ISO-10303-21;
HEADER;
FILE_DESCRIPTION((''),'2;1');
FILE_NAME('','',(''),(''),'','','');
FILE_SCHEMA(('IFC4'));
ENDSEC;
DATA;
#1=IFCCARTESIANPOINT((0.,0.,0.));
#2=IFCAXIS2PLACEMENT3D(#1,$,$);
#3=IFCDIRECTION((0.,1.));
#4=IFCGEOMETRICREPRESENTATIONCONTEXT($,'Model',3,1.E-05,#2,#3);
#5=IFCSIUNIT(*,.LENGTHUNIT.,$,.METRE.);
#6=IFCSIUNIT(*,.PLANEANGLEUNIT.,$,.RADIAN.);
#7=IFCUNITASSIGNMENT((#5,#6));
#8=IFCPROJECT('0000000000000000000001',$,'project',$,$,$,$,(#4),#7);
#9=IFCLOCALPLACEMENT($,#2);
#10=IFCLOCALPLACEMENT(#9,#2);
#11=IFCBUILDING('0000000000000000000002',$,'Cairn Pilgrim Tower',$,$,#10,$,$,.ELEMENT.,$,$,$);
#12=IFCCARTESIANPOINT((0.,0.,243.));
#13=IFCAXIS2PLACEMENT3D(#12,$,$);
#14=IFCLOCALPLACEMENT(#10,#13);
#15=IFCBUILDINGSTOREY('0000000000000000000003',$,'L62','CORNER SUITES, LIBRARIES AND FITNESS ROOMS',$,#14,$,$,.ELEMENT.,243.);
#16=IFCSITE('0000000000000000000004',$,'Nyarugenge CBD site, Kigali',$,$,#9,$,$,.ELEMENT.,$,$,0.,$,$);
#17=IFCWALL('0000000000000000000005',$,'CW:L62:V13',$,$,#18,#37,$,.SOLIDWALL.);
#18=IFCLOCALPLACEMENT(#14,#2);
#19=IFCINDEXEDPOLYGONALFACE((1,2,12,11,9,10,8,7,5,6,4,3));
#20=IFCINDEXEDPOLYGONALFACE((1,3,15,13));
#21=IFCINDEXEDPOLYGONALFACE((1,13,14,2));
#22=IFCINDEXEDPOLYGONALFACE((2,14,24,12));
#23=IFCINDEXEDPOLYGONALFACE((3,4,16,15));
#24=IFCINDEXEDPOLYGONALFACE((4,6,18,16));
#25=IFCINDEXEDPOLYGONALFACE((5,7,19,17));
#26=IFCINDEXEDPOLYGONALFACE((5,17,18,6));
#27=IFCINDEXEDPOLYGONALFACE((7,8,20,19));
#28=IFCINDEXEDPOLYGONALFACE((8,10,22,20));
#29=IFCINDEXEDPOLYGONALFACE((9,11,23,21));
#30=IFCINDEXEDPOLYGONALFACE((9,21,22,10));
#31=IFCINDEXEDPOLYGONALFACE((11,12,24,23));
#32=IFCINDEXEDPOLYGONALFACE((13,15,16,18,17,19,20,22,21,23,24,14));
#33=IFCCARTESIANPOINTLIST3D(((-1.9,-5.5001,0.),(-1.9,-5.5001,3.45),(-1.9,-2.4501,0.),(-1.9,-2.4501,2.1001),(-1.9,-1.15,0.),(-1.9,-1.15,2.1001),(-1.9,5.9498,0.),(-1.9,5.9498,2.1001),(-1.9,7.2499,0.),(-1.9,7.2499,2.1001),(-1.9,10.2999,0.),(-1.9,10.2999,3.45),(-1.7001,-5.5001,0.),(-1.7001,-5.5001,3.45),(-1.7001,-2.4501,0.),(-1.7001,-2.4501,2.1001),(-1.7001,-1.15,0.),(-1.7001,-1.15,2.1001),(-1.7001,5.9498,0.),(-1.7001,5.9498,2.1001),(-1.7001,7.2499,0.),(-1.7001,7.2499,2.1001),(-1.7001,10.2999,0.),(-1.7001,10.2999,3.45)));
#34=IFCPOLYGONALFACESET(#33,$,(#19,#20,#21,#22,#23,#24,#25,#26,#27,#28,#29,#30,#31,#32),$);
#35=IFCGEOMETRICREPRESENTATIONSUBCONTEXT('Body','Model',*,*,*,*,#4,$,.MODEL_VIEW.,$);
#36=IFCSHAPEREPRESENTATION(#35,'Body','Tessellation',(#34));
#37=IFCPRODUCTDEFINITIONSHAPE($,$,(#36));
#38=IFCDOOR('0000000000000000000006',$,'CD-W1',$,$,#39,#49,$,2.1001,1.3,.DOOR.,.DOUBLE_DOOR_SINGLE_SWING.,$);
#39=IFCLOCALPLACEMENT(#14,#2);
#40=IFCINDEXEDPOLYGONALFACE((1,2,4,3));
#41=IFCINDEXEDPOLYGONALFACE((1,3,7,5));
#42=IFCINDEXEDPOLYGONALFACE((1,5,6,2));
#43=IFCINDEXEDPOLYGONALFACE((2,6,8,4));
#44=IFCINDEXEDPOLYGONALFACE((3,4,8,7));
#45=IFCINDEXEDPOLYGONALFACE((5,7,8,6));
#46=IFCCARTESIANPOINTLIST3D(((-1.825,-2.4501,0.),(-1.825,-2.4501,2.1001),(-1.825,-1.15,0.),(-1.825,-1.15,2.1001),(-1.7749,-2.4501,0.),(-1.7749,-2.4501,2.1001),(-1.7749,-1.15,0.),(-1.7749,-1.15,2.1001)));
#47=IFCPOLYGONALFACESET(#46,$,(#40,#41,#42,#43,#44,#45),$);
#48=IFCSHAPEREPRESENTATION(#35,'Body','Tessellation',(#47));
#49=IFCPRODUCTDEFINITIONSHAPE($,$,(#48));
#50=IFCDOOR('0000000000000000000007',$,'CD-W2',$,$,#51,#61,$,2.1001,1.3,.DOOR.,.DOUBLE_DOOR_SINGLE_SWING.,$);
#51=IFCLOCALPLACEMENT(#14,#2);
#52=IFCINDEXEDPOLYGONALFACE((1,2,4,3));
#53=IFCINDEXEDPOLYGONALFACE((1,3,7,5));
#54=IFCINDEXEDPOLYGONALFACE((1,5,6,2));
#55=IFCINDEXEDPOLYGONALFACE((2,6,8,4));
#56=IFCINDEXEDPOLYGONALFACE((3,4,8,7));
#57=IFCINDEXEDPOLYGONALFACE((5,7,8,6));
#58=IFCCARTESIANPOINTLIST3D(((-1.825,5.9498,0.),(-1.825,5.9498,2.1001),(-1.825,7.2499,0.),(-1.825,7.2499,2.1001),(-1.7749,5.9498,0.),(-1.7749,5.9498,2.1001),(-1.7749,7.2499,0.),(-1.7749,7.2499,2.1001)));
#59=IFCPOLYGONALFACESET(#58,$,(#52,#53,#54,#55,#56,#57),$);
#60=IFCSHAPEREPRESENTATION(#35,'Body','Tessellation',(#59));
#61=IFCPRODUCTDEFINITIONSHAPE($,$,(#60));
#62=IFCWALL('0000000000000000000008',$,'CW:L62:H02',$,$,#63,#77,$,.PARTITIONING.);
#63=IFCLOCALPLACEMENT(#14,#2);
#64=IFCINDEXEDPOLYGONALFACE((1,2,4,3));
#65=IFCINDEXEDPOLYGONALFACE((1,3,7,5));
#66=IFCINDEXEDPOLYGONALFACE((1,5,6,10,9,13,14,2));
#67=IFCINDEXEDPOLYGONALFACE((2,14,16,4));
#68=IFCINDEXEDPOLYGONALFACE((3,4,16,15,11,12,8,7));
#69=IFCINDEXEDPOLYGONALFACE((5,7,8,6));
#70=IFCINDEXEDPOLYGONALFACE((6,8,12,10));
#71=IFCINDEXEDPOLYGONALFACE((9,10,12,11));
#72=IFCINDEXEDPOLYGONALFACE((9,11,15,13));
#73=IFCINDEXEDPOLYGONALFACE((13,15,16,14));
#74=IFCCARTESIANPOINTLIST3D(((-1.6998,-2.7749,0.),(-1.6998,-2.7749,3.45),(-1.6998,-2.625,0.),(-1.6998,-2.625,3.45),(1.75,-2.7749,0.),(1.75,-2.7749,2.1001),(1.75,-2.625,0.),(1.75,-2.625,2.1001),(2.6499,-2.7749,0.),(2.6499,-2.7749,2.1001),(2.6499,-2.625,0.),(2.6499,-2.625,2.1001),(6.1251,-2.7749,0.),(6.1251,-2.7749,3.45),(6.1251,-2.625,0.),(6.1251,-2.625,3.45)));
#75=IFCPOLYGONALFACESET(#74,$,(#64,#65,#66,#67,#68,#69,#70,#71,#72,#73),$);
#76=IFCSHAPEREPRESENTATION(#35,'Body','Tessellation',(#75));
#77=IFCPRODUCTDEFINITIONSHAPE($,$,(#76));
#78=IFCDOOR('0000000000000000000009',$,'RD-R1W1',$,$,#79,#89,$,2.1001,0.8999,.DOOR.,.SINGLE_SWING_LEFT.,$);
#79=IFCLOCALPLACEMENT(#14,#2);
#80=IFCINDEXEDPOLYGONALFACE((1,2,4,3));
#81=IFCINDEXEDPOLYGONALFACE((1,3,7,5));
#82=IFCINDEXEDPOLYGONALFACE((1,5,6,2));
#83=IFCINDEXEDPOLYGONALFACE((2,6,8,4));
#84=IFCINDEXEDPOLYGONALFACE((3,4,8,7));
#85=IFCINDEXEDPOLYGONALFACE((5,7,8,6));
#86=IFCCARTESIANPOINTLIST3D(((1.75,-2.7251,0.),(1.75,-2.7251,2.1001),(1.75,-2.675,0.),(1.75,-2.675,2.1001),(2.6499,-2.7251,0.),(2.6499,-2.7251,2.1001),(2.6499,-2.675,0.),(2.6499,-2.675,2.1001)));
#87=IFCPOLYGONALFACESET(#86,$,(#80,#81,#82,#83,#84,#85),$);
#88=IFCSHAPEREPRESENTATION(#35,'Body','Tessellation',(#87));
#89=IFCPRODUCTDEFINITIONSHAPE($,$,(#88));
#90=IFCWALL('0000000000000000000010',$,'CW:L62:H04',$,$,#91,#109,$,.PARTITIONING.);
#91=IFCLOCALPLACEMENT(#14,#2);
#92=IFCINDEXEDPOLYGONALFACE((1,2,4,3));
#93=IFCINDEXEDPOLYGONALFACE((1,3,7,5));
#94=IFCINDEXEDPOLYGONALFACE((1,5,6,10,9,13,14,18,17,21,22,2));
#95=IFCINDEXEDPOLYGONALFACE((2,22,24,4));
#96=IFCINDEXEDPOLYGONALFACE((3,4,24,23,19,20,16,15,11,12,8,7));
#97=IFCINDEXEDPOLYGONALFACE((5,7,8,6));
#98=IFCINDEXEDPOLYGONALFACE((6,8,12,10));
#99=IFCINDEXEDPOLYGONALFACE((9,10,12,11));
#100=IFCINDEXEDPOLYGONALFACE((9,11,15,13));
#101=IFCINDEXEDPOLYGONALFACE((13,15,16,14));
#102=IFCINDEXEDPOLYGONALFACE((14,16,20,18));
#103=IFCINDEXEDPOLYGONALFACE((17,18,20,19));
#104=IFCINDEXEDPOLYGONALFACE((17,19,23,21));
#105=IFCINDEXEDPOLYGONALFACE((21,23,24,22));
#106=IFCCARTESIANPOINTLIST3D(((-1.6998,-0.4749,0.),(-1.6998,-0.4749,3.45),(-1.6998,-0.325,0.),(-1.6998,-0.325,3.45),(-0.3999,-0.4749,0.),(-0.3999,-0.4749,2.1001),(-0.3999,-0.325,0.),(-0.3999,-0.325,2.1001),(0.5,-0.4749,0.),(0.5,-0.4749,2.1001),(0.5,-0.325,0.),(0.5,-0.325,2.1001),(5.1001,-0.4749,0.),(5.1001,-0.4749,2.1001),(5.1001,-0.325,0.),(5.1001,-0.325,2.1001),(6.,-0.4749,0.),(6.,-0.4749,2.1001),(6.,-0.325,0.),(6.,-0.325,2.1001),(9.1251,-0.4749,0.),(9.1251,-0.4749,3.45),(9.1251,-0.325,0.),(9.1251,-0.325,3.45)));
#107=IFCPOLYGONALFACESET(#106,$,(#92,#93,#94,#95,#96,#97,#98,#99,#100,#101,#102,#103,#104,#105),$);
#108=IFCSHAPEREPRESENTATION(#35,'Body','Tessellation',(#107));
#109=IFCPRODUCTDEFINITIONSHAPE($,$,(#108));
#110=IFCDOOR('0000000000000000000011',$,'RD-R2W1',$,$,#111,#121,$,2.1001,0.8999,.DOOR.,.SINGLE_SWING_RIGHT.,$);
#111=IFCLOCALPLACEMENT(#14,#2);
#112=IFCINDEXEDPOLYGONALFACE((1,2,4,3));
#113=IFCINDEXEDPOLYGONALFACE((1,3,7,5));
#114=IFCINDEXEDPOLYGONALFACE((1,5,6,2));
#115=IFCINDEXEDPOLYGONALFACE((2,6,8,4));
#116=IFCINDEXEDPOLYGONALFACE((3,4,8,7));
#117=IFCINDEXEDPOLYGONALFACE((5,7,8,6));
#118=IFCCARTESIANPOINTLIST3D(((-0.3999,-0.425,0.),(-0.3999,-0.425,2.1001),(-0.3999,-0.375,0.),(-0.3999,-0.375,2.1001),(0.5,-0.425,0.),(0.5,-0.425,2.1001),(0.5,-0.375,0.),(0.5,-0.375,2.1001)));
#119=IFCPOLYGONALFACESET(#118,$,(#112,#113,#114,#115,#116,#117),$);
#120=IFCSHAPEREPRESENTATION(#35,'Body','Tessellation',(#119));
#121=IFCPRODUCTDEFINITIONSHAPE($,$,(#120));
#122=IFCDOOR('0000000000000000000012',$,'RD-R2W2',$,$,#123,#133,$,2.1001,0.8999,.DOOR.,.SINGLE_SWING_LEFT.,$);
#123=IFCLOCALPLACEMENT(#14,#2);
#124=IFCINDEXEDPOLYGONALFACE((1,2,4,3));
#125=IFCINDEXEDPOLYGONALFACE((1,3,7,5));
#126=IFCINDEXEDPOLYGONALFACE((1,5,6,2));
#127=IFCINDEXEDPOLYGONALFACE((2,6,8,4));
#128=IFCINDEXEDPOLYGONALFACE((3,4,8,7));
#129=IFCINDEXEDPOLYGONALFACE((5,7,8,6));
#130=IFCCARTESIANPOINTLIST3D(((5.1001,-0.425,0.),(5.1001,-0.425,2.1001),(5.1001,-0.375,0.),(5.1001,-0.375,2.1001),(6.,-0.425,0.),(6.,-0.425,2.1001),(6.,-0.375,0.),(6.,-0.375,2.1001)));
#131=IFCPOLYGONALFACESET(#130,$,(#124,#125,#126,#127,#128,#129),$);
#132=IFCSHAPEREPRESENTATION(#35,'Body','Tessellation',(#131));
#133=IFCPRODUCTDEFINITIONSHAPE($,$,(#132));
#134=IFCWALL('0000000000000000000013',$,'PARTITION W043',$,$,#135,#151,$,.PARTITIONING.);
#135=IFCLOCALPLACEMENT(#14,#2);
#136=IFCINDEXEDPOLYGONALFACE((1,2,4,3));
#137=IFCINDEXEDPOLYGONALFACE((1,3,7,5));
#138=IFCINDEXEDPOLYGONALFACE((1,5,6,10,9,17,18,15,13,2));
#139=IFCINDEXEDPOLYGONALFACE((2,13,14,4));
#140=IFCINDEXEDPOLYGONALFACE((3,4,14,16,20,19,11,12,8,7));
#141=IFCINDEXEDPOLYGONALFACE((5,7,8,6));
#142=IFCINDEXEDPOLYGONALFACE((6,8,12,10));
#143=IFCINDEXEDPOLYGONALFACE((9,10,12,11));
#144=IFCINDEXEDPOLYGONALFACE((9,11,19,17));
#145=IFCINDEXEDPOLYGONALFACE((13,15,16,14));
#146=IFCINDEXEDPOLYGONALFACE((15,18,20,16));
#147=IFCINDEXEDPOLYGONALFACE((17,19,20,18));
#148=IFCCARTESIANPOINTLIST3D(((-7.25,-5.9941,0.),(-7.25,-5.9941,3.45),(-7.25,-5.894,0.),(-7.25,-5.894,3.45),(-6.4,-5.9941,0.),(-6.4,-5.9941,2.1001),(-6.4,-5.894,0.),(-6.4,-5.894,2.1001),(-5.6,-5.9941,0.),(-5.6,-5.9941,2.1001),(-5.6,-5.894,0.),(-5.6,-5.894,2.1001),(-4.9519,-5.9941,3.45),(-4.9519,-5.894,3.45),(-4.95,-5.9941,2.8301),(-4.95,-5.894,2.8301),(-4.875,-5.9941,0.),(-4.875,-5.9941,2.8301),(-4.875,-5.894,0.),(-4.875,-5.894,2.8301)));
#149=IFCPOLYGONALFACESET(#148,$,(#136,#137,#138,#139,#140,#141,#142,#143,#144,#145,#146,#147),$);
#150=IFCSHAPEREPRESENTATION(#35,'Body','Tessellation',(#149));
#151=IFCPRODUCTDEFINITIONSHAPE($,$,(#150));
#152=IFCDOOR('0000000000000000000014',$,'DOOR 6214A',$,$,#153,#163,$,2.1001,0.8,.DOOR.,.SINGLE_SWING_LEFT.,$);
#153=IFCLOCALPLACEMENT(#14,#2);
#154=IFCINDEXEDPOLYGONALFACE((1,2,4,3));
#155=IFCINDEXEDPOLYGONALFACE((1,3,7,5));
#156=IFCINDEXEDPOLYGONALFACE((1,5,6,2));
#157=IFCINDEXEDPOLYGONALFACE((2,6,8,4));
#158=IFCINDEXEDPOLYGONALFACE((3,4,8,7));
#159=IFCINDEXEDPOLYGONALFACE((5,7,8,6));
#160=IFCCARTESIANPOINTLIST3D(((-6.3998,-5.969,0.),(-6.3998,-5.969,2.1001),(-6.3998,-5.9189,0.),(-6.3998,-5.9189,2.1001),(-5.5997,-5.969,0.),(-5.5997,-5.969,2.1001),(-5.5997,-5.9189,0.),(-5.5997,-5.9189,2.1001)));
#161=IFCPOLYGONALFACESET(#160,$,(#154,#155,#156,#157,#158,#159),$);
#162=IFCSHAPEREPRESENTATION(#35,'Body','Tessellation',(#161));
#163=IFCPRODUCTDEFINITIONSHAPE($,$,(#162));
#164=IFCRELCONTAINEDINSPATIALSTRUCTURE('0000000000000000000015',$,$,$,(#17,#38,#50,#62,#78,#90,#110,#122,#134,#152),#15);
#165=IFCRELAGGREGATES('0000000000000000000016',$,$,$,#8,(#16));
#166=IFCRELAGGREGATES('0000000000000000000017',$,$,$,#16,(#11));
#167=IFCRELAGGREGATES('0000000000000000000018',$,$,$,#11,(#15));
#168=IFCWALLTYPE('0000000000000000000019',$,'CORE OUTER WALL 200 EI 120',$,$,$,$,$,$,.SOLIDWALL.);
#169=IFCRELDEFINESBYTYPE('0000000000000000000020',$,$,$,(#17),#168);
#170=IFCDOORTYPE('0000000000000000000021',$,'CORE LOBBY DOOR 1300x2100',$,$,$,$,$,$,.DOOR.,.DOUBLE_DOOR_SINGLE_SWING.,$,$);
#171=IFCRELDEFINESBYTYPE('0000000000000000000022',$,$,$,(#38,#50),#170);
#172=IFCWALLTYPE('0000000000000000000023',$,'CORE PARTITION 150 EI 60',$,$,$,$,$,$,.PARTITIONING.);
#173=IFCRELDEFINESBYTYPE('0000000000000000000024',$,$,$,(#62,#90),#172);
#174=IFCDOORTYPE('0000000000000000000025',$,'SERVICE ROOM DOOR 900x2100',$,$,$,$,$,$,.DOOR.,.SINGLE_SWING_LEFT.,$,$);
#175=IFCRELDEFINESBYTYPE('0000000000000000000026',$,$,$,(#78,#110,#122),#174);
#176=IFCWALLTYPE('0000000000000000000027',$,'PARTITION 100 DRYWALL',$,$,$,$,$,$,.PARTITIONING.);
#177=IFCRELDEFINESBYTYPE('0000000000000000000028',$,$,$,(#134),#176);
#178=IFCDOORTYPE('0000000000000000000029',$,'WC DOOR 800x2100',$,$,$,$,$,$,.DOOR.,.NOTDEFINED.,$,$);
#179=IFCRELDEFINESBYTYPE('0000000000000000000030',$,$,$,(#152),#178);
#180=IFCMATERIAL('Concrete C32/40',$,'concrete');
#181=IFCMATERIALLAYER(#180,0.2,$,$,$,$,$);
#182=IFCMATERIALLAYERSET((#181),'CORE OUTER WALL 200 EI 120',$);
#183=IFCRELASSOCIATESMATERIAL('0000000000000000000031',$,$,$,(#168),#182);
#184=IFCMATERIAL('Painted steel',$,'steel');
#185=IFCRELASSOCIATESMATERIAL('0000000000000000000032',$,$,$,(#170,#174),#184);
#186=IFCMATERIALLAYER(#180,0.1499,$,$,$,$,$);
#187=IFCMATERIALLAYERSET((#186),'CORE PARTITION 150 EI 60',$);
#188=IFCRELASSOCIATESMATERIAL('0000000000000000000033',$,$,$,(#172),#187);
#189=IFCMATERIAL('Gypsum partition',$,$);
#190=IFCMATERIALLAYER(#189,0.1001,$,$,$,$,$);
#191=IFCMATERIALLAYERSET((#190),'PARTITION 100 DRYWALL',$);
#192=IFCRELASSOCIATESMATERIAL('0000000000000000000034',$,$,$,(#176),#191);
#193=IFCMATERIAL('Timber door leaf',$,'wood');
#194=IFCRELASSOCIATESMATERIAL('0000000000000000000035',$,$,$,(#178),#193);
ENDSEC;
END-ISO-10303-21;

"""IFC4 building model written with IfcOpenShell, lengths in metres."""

from ifc_helpers import new_model, si_unit, direction, frame, frame_2d, origin, place, context, subcontext, project, spatial, polyline, rectangle, outline, extrude, material, layer, layer_set, type_object, element, fill, save


model = new_model("IFC4")

# Units and contexts
model_context = context("Model", 3, precision=1e-05, world=origin(), true_north=direction((0.0, 1.0)))
body_context = subcontext(model_context, "Body", "Model", "MODEL_VIEW")
ifc_project = project(units=[si_unit("LENGTHUNIT", "METRE"), si_unit("PLANEANGLEUNIT", "RADIAN")], contexts=[model_context])

# Site, building, storey
site_placement = place(None, origin())
site = spatial("IfcSite", under=ifc_project, at=site_placement, Name="Nyarugenge CBD site, Kigali", CompositionType="ELEMENT", RefElevation=0.0)
building_placement = place(site_placement, origin())
building = spatial("IfcBuilding", under=site, at=building_placement, Name="Cairn Pilgrim Tower", CompositionType="ELEMENT")
storey_placement = place(building_placement, frame((0.0, 0.0, 243.0)))
storey = spatial("IfcBuildingStorey", under=building, at=storey_placement, Name="L62", Description="CORNER SUITES, LIBRARIES AND FITNESS ROOMS", CompositionType="ELEMENT", Elevation=243.0)

# Shared definitions
ifc_material_1 = material(Name="Concrete C32/40", Category="concrete")
ifc_layer_1 = layer(ifc_material_1, 0.2)
ifc_layer_set_1 = layer_set([ifc_layer_1], Name="CORE OUTER WALL 200 EI 120")
wall_type_1 = type_object("IfcWallType", Name="CORE OUTER WALL 200 EI 120", PredefinedType="SOLIDWALL", material=ifc_layer_set_1)

# Wall, openings, doors
wall_1_placement = place(storey_placement, frame((-1.8, -5.5, 0.0), z_axis=(0.0, 0.0, 1.0), x_axis=(0.0, 1.0, 0.0)))
wall_1 = element("IfcWall", 1, at=wall_1_placement, inside=storey, type_object=wall_type_1, Name="CW:L62:V13", PredefinedType="SOLIDWALL", context=body_context, shape_type="SweptSolid", body=[
    extrude(rectangle(XDim=15.8, YDim=0.2, at=frame_2d((7.8999, 0.0))), origin(), (0.0, 0.0, 1.0), 3.45),
])
opening_1_placement = place(wall_1_placement, frame((3.05, 0.0, 0.0)))
opening_1 = element("IfcOpeningElement", 2, at=opening_1_placement, cuts=wall_1, PredefinedType="OPENING", context=body_context, shape_type="SweptSolid", body=[
    extrude(rectangle(XDim=1.3, YDim=2.1001, at=frame_2d((0.6499, 1.05))), frame((0.0, 0.1099, 0.0), z_axis=(0.0, -1.0, 0.0), x_axis=(1.0, 0.0, 0.0)), (0.0, 0.0, 1.0), 0.22),
])
opening_2_placement = place(wall_1_placement, frame((11.45, 0.0, 0.0)))
opening_2 = element("IfcOpeningElement", 3, at=opening_2_placement, cuts=wall_1, PredefinedType="OPENING", context=body_context, shape_type="SweptSolid", body=[
    extrude(rectangle(XDim=1.3, YDim=2.1001, at=frame_2d((0.6499, 1.05))), frame((0.0, 0.1099, 0.0), z_axis=(0.0, -1.0, 0.0), x_axis=(1.0, 0.0, 0.0)), (0.0, 0.0, 1.0), 0.22),
])
ifc_material_2 = material(Name="Painted steel", Category="steel")
door_type_1 = type_object("IfcDoorType", Name="CORE LOBBY DOOR 1300x2100", OperationType="DOUBLE_DOOR_SINGLE_SWING", PredefinedType="DOOR", material=ifc_material_2)
door_1_placement = place(opening_1_placement, origin())
door_1 = element("IfcDoor", 4, at=door_1_placement, inside=storey, type_object=door_type_1, Name="CD-W1", OperationType="DOUBLE_DOOR_SINGLE_SWING", OverallHeight=2.1001, OverallWidth=1.3, PredefinedType="DOOR", context=body_context, shape_type="SweptSolid", body=[
    extrude(rectangle(XDim=1.3, YDim=2.1001, at=frame_2d((0.6499, 1.05))), frame((0.0, 0.0249, 0.0), z_axis=(0.0, -1.0, 0.0), x_axis=(1.0, 0.0, 0.0)), (0.0, 0.0, 1.0), 0.05),
])
fill(opening_1, door_1)
door_2_placement = place(opening_2_placement, origin())
door_2 = element("IfcDoor", 5, at=door_2_placement, inside=storey, type_object=door_type_1, Name="CD-W2", OperationType="DOUBLE_DOOR_SINGLE_SWING", OverallHeight=2.1001, OverallWidth=1.3, PredefinedType="DOOR", context=body_context, shape_type="SweptSolid", body=[
    extrude(rectangle(XDim=1.3, YDim=2.1001, at=frame_2d((0.6499, 1.05))), frame((0.0, 0.0249, 0.0), z_axis=(0.0, -1.0, 0.0), x_axis=(1.0, 0.0, 0.0)), (0.0, 0.0, 1.0), 0.05),
])
fill(opening_2, door_2)

# Wall, opening, door
ifc_layer_2 = layer(ifc_material_1, 0.1499)
ifc_layer_set_2 = layer_set([ifc_layer_2], Name="CORE PARTITION 150 EI 60")
wall_type_2 = type_object("IfcWallType", Name="CORE PARTITION 150 EI 60", PredefinedType="PARTITIONING", material=ifc_layer_set_2)
wall_2_placement = place(storey_placement, frame((-1.7, -2.7, 0.0), z_axis=(0.0, 0.0, 1.0), x_axis=(1.0, 0.0, 0.0)))
wall_2 = element("IfcWall", 6, at=wall_2_placement, inside=storey, type_object=wall_type_2, Name="CW:L62:H02", PredefinedType="PARTITIONING", context=body_context, shape_type="SweptSolid", body=[
    extrude(rectangle(XDim=7.825, YDim=0.1499, at=frame_2d((3.9126, 0.0))), origin(), (0.0, 0.0, 1.0), 3.45),
])
opening_3_placement = place(wall_2_placement, frame((3.45, 0.0, 0.0)))
opening_3 = element("IfcOpeningElement", 7, at=opening_3_placement, cuts=wall_2, PredefinedType="OPENING", context=body_context, shape_type="SweptSolid", body=[
    extrude(rectangle(XDim=0.8999, YDim=2.1001, at=frame_2d((0.45, 1.05))), frame((0.0, 0.085, 0.0), z_axis=(0.0, -1.0, 0.0), x_axis=(1.0, 0.0, 0.0)), (0.0, 0.0, 1.0), 0.1699),
])
door_type_2 = type_object("IfcDoorType", Name="SERVICE ROOM DOOR 900x2100", OperationType="SINGLE_SWING_LEFT", PredefinedType="DOOR", material=ifc_material_2)
door_3_placement = place(opening_3_placement, origin())
door_3 = element("IfcDoor", 8, at=door_3_placement, inside=storey, type_object=door_type_2, Name="RD-R1W1", OperationType="SINGLE_SWING_LEFT", OverallHeight=2.1001, OverallWidth=0.8999, PredefinedType="DOOR", context=body_context, shape_type="SweptSolid", body=[
    extrude(rectangle(XDim=0.8999, YDim=2.1001, at=frame_2d((0.45, 1.05))), frame((0.0, 0.0249, 0.0), z_axis=(0.0, -1.0, 0.0), x_axis=(1.0, 0.0, 0.0)), (0.0, 0.0, 1.0), 0.05),
])
fill(opening_3, door_3)

# Wall, openings, doors
wall_3_placement = place(storey_placement, frame((-1.7, -0.3999, 0.0), z_axis=(0.0, 0.0, 1.0), x_axis=(1.0, 0.0, 0.0)))
wall_3 = element("IfcWall", 9, at=wall_3_placement, inside=storey, type_object=wall_type_2, Name="CW:L62:H04", PredefinedType="PARTITIONING", context=body_context, shape_type="SweptSolid", body=[
    extrude(rectangle(XDim=10.825, YDim=0.1499, at=frame_2d((5.4126, 0.0))), origin(), (0.0, 0.0, 1.0), 3.45),
])
opening_4_placement = place(wall_3_placement, frame((1.3, 0.0, 0.0)))
opening_4 = element("IfcOpeningElement", 10, at=opening_4_placement, cuts=wall_3, PredefinedType="OPENING", context=body_context, shape_type="SweptSolid", body=[
    extrude(rectangle(XDim=0.8999, YDim=2.1001, at=frame_2d((0.45, 1.05))), frame((0.0, 0.085, 0.0), z_axis=(0.0, -1.0, 0.0), x_axis=(1.0, 0.0, 0.0)), (0.0, 0.0, 1.0), 0.1699),
])
opening_5_placement = place(wall_3_placement, frame((6.8, 0.0, 0.0)))
opening_5 = element("IfcOpeningElement", 11, at=opening_5_placement, cuts=wall_3, PredefinedType="OPENING", context=body_context, shape_type="SweptSolid", body=[
    extrude(rectangle(XDim=0.8999, YDim=2.1001, at=frame_2d((0.45, 1.05))), frame((0.0, 0.085, 0.0), z_axis=(0.0, -1.0, 0.0), x_axis=(1.0, 0.0, 0.0)), (0.0, 0.0, 1.0), 0.1699),
])
door_4_placement = place(opening_4_placement, origin())
door_4 = element("IfcDoor", 12, at=door_4_placement, inside=storey, type_object=door_type_2, Name="RD-R2W1", OperationType="SINGLE_SWING_RIGHT", OverallHeight=2.1001, OverallWidth=0.8999, PredefinedType="DOOR", context=body_context, shape_type="SweptSolid", body=[
    extrude(rectangle(XDim=0.8999, YDim=2.1001, at=frame_2d((0.45, 1.05))), frame((0.0, 0.0249, 0.0), z_axis=(0.0, -1.0, 0.0), x_axis=(1.0, 0.0, 0.0)), (0.0, 0.0, 1.0), 0.05),
])
fill(opening_4, door_4)
door_5_placement = place(opening_5_placement, origin())
door_5 = element("IfcDoor", 13, at=door_5_placement, inside=storey, type_object=door_type_2, Name="RD-R2W2", OperationType="SINGLE_SWING_LEFT", OverallHeight=2.1001, OverallWidth=0.8999, PredefinedType="DOOR", context=body_context, shape_type="SweptSolid", body=[
    extrude(rectangle(XDim=0.8999, YDim=2.1001, at=frame_2d((0.45, 1.05))), frame((0.0, 0.0249, 0.0), z_axis=(0.0, -1.0, 0.0), x_axis=(1.0, 0.0, 0.0)), (0.0, 0.0, 1.0), 0.05),
])
fill(opening_5, door_5)

# Wall, opening, door
ifc_material_3 = material(Name="Gypsum partition")
ifc_layer_3 = layer(ifc_material_3, 0.1001)
ifc_layer_set_3 = layer_set([ifc_layer_3], Name="PARTITION 100 DRYWALL")
wall_type_3 = type_object("IfcWallType", Name="PARTITION 100 DRYWALL", PredefinedType="PARTITIONING", material=ifc_layer_set_3)
wall_4_placement = place(storey_placement, frame((-7.25, -5.9441, 0.0), z_axis=(0.0, 0.0, 1.0), x_axis=(1.0, 0.0, 0.0)))
wall_4 = element("IfcWall", 14, at=wall_4_placement, inside=storey, type_object=wall_type_3, Name="PARTITION W043", PredefinedType="PARTITIONING", context=body_context, shape_type="SweptSolid", body=[
    extrude(outline(polyline([(0.0, 0.0), (2.375, 0.0), (2.375, 2.8301), (2.3, 2.8301), (2.2981, 3.45), (0.0, 3.45), (0.0, 0.0)])), frame((0.0, 0.05, 0.0), z_axis=(0.0, -1.0, 0.0), x_axis=(1.0, 0.0, 0.0)), (0.0, 0.0, 1.0), 0.1001),
])
opening_6_placement = place(wall_4_placement, frame((0.8501, 0.0, 0.0)))
opening_6 = element("IfcOpeningElement", 15, at=opening_6_placement, cuts=wall_4, PredefinedType="OPENING", context=body_context, shape_type="SweptSolid", body=[
    extrude(rectangle(XDim=0.8, YDim=2.1001, at=frame_2d((0.3999, 1.05))), frame((0.0, 0.0601, 0.0), z_axis=(0.0, -1.0, 0.0), x_axis=(1.0, 0.0, 0.0)), (0.0, 0.0, 1.0), 0.1201),
])
ifc_material_4 = material(Name="Timber door leaf", Category="wood")
door_type_3 = type_object("IfcDoorType", Name="WC DOOR 800x2100", OperationType="NOTDEFINED", PredefinedType="DOOR", material=ifc_material_4)
door_6_placement = place(opening_6_placement, frame((0.8, 0.0, 0.0), z_axis=(0.0, 0.0, 1.0), x_axis=(-1.0, 0.0, 0.0)))
door_6 = element("IfcDoor", 16, at=door_6_placement, inside=storey, type_object=door_type_3, Name="DOOR 6214A", OperationType="SINGLE_SWING_LEFT", OverallHeight=2.1001, OverallWidth=0.8, PredefinedType="DOOR", context=body_context, shape_type="SweptSolid", body=[
    extrude(rectangle(XDim=0.8, YDim=2.1001, at=frame_2d((0.3999, 1.05))), frame((0.0, 0.0249, 0.0), z_axis=(0.0, -1.0, 0.0), x_axis=(1.0, 0.0, 0.0)), (0.0, 0.0, 1.0), 0.05),
])
fill(opening_6, door_6)

save(model, "model.ifc")
